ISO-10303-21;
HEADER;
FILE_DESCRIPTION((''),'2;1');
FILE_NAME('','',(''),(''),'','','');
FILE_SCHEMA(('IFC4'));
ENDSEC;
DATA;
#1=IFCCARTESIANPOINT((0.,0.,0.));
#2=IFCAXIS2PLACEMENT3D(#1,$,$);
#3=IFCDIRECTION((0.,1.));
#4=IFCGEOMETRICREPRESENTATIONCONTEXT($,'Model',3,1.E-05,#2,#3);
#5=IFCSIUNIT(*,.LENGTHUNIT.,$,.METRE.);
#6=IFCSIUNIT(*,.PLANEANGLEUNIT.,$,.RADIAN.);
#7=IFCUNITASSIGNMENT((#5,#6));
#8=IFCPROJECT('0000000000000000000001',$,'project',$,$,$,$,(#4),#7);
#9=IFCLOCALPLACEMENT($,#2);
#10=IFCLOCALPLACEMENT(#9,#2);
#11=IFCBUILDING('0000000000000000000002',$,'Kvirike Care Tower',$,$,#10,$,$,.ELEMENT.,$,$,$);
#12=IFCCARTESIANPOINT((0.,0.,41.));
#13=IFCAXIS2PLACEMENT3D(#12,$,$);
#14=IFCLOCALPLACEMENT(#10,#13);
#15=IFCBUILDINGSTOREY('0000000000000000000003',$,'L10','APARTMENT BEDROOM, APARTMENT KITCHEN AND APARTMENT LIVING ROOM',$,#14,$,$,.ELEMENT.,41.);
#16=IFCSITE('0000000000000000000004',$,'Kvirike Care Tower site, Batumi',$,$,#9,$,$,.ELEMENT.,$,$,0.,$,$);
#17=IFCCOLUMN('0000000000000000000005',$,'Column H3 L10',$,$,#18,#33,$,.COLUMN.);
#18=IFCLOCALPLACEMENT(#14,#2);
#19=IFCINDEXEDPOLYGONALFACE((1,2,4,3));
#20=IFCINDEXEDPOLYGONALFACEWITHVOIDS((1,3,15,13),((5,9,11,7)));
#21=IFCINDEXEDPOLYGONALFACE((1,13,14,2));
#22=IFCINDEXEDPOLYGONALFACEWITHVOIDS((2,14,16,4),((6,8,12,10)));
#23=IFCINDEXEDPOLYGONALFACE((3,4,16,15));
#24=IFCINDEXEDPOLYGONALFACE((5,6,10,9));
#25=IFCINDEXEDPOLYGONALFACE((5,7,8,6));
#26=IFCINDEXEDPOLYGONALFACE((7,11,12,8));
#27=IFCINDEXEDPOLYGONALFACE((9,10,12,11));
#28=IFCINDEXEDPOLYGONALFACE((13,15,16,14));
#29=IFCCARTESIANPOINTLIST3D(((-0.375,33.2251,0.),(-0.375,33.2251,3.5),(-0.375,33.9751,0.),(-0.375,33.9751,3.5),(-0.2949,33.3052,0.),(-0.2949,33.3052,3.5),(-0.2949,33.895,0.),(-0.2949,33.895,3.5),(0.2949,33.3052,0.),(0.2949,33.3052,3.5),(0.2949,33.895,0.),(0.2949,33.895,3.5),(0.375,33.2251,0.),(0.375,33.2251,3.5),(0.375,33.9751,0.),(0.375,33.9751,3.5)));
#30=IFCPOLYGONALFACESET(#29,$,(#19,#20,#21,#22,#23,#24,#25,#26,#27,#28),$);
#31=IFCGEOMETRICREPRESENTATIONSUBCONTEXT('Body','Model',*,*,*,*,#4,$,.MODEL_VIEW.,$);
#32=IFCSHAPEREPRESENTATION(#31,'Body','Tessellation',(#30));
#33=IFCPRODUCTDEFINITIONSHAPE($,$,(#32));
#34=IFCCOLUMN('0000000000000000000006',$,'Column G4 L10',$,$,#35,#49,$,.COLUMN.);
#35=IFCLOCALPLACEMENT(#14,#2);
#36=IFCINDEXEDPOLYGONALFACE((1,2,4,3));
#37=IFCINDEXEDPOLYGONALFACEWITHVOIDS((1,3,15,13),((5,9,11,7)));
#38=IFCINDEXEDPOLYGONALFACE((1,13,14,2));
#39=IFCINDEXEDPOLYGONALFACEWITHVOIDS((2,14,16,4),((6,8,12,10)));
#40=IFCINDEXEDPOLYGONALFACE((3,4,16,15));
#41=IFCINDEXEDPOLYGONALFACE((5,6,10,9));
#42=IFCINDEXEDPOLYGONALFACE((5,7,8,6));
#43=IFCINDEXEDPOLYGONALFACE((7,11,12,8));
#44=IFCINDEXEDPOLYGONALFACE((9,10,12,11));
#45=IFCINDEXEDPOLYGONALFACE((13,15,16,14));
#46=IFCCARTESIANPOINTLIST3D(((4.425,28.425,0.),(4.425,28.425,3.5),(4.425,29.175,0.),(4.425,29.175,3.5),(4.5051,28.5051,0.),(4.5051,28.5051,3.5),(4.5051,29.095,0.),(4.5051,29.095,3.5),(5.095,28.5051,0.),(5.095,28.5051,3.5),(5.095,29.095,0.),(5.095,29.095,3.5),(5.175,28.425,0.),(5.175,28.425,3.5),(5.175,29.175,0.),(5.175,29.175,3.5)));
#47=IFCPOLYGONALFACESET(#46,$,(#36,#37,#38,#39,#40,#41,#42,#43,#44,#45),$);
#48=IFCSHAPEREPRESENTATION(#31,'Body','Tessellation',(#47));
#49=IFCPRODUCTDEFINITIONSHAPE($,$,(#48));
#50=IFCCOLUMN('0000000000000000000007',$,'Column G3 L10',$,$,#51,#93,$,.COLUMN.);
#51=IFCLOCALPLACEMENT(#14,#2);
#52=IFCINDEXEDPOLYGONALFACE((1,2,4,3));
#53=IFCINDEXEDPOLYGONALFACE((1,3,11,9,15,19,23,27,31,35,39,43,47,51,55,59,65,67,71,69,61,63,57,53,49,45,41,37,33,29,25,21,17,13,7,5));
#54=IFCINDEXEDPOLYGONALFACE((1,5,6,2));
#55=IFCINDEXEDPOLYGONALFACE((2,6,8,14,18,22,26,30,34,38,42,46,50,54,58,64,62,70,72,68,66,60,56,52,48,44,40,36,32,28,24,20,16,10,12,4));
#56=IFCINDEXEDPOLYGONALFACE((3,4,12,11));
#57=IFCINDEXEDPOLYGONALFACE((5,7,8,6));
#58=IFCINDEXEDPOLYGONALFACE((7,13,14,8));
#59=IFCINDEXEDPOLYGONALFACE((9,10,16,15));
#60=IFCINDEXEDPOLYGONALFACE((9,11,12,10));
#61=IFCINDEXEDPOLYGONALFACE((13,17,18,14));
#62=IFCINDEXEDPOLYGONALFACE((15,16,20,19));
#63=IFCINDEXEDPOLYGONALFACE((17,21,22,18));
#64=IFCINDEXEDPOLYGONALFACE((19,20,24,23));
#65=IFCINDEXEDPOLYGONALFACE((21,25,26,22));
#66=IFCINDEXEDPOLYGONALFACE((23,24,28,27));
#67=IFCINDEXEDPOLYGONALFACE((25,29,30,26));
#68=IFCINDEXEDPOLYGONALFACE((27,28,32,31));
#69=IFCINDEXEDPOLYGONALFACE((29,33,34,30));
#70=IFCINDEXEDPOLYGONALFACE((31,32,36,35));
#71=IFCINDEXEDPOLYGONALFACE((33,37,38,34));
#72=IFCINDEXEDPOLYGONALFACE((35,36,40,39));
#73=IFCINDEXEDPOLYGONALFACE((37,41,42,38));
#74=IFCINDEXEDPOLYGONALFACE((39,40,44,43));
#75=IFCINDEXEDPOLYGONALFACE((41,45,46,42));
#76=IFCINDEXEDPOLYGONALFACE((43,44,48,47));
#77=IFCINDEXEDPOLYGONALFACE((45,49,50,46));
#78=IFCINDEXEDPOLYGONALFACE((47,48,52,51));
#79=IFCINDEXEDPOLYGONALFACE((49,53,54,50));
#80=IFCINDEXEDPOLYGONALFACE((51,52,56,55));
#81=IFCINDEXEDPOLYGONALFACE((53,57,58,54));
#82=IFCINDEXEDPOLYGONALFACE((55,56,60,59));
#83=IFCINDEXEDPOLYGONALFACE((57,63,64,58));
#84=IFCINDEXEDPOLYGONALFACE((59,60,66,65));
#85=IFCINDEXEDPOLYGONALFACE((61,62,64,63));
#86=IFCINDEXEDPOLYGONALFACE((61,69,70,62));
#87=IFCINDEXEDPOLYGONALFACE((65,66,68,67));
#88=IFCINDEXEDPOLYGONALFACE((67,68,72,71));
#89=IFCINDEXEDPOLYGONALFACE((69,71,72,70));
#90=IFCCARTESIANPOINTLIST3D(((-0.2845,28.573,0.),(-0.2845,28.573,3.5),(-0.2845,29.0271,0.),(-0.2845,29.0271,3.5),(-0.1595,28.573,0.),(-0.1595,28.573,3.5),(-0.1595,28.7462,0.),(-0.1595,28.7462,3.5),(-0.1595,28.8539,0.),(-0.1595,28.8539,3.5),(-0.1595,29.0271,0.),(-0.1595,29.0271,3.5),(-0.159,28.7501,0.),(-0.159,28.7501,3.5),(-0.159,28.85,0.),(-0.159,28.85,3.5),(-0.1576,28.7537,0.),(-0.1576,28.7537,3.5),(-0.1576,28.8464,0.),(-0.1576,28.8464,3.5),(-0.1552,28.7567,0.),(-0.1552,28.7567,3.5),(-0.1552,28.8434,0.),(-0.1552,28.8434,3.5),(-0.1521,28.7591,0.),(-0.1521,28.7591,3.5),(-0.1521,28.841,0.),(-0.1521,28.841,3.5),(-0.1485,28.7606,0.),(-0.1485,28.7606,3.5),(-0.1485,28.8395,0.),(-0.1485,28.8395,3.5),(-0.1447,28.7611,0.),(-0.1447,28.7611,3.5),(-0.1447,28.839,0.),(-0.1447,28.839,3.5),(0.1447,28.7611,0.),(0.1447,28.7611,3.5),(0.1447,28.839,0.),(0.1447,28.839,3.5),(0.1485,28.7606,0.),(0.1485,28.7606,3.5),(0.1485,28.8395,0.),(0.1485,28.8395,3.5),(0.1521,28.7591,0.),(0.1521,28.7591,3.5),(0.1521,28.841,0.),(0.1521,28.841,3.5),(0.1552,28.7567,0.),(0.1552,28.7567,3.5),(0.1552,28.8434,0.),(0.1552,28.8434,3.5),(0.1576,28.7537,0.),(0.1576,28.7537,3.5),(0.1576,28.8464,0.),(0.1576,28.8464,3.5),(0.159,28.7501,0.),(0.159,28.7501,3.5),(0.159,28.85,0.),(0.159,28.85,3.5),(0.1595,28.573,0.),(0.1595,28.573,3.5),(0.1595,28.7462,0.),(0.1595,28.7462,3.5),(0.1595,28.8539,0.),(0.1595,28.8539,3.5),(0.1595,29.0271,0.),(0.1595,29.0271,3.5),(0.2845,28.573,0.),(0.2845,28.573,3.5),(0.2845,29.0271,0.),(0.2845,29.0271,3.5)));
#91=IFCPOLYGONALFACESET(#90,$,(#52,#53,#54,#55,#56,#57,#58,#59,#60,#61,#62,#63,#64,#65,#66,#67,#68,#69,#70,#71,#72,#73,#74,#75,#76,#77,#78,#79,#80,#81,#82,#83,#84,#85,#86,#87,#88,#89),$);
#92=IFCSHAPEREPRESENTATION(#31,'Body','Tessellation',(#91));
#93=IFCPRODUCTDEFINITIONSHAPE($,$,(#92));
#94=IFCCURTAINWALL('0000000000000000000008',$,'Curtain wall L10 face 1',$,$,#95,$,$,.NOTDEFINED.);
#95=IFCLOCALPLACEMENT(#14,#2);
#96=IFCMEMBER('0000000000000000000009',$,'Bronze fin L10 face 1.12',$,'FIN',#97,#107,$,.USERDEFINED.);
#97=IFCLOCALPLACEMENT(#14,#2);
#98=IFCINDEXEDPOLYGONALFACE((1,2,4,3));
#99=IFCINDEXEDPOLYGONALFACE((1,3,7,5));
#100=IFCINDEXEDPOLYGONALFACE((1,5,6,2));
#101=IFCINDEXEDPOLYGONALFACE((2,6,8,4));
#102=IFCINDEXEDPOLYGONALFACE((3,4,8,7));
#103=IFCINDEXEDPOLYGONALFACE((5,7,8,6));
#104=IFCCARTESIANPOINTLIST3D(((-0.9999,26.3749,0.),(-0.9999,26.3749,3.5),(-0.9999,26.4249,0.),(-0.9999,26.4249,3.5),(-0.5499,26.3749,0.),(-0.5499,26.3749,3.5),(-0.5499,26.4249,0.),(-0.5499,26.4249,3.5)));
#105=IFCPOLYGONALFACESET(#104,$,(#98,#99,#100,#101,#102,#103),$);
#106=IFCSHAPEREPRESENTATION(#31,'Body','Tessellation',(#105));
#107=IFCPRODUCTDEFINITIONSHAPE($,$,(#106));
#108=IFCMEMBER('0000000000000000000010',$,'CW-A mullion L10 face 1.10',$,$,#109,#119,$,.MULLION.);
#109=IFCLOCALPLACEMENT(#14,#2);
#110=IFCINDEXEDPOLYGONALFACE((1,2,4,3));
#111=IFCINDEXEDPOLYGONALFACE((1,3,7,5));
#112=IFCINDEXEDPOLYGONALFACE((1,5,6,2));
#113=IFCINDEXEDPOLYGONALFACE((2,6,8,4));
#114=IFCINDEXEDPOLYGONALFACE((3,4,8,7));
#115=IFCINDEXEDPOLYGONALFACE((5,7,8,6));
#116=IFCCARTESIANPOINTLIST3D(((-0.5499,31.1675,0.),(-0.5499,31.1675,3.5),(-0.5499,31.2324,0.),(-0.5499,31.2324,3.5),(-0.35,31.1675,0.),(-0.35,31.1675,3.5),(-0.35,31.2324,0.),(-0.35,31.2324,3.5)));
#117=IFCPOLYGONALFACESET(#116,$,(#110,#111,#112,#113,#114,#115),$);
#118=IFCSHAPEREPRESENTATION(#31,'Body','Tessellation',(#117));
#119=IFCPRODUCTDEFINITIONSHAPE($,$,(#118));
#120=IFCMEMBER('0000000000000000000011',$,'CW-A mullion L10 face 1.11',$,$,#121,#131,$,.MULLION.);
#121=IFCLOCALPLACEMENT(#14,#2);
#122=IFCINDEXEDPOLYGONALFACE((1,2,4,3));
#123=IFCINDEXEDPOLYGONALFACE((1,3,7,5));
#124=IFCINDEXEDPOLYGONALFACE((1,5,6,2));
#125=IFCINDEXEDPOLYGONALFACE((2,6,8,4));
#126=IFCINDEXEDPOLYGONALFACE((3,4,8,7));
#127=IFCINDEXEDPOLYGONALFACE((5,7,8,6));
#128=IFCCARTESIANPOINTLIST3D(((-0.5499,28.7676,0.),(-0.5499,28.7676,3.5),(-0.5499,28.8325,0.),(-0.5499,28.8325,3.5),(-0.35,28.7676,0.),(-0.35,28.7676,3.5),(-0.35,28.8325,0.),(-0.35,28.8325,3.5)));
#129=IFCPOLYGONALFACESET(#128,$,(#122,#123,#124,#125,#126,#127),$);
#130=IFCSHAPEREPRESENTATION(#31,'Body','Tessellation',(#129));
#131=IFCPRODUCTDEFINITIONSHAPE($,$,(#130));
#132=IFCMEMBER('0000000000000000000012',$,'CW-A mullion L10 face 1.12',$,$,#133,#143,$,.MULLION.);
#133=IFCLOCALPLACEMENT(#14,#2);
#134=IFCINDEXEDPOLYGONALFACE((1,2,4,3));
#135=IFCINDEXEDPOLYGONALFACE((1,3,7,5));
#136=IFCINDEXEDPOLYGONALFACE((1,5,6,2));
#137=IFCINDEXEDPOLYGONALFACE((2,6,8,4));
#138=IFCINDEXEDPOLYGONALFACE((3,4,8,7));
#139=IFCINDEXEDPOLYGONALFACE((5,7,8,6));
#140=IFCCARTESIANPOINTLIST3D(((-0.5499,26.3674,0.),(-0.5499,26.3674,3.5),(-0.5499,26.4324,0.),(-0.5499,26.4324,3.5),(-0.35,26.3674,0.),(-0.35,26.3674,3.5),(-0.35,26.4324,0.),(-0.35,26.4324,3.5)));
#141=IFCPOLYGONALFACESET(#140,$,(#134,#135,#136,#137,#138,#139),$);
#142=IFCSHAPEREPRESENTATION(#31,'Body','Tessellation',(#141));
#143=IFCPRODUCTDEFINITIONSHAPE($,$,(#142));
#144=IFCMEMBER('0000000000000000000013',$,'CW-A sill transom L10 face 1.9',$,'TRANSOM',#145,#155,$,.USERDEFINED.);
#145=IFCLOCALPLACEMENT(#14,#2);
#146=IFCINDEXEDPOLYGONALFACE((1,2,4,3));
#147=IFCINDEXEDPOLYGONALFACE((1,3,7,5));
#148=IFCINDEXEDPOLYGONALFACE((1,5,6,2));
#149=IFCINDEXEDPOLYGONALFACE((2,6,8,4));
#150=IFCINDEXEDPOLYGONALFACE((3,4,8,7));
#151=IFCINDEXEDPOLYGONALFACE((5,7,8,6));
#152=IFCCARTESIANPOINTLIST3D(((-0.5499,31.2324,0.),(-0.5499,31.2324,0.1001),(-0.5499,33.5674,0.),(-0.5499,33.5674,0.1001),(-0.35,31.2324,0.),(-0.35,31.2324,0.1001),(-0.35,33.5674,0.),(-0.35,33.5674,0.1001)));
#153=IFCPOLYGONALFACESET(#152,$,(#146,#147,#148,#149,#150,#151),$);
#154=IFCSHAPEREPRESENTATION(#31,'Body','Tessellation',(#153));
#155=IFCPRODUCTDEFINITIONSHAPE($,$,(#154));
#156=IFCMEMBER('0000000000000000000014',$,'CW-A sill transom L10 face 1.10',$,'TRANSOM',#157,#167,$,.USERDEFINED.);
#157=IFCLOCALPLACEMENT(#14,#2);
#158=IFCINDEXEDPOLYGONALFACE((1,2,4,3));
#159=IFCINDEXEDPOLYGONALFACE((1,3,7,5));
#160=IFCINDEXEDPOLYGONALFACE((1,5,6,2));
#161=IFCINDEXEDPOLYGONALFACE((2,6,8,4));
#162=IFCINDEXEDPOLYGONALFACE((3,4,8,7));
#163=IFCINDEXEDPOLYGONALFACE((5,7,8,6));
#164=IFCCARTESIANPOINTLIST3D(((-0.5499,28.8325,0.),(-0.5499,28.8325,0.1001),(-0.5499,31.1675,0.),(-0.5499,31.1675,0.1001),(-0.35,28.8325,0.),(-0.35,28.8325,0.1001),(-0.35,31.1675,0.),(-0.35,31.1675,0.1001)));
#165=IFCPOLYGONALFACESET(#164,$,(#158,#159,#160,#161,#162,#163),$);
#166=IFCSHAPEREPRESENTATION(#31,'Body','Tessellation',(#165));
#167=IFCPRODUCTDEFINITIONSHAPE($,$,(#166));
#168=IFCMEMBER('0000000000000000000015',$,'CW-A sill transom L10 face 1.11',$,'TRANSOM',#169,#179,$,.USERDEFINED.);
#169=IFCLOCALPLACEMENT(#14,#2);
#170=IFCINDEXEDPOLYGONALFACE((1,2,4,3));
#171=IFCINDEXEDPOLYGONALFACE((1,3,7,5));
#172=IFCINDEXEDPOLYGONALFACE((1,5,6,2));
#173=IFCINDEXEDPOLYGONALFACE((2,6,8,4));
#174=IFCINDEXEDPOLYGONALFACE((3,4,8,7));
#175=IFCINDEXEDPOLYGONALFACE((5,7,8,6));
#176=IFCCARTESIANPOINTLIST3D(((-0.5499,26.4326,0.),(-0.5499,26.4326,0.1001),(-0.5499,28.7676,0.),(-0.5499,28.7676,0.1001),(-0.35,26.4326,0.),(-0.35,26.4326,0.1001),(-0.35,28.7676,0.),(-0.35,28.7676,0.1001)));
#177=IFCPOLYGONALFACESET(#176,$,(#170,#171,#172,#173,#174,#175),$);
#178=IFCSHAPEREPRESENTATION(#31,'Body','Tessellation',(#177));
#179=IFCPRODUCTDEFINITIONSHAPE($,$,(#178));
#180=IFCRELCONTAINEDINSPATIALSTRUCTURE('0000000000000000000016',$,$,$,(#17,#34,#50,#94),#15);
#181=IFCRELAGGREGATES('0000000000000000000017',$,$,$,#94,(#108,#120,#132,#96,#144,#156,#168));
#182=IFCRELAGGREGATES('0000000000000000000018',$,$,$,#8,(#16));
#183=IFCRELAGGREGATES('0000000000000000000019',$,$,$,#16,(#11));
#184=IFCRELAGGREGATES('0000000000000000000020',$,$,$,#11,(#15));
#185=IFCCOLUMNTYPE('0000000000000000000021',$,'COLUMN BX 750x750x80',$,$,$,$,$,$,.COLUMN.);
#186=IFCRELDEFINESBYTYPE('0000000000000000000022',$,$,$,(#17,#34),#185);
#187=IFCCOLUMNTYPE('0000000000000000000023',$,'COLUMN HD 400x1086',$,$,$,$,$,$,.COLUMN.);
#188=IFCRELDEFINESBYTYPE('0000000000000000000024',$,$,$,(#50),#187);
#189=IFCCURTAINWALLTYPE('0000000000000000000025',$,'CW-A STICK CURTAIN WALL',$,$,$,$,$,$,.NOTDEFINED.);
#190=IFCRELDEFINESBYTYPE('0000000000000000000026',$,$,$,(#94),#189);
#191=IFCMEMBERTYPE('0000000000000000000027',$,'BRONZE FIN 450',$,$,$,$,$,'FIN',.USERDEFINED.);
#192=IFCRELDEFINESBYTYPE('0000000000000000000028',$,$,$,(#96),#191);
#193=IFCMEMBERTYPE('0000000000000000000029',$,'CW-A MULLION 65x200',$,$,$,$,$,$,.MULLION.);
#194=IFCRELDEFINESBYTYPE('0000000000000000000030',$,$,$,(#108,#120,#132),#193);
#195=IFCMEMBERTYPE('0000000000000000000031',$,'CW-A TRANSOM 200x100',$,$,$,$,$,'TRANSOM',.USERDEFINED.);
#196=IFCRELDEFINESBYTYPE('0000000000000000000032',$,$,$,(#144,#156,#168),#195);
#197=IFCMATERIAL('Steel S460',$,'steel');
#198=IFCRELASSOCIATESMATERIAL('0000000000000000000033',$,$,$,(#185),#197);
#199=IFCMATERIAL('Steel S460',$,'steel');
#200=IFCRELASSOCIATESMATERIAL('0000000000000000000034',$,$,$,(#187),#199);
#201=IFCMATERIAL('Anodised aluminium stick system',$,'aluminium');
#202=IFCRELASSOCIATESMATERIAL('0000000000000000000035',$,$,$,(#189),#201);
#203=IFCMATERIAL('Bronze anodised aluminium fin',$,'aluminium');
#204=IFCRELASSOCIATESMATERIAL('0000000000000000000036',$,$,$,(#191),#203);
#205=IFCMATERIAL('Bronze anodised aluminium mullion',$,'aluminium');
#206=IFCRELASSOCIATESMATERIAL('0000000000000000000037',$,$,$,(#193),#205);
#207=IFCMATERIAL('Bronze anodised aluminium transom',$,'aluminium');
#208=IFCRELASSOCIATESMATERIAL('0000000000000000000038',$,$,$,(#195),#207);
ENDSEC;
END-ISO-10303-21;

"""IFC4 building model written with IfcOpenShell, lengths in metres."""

from ifc_helpers import new_model, si_unit, direction, frame, origin, origin_2d, place, context, subcontext, project, spatial, rectangle, hollow_rectangle, i_section, extrude, material, material_profile, profile_set, type_object, element, aggregate, save


model = new_model("IFC4")

# Units and contexts
model_context = context("Model", 3, precision=1e-05, world=origin(), true_north=direction((0.0, 1.0)))
body_context = subcontext(model_context, "Body", "Model", "MODEL_VIEW")
ifc_project = project(units=[si_unit("LENGTHUNIT", "METRE"), si_unit("PLANEANGLEUNIT", "RADIAN")], contexts=[model_context])

# Site, building, storey
site_placement = place(None, origin())
site = spatial("IfcSite", under=ifc_project, at=site_placement, Name="Kvirike Care Tower site, Batumi", CompositionType="ELEMENT", RefElevation=0.0)
building_placement = place(site_placement, origin())
building = spatial("IfcBuilding", under=site, at=building_placement, Name="Kvirike Care Tower", CompositionType="ELEMENT")
storey_placement = place(building_placement, frame((0.0, 0.0, 41.0)))
storey = spatial("IfcBuildingStorey", under=building, at=storey_placement, Name="L10", Description="APARTMENT BEDROOM, APARTMENT KITCHEN AND APARTMENT LIVING ROOM", CompositionType="ELEMENT", Elevation=41.0)

# Columns
ifc_material_1 = material(Name="Steel S460", Category="steel")
ifc_material_profile_1 = material_profile(ifc_material_1, hollow_rectangle(XDim=0.75, YDim=0.75, WallThickness=0.0801, at=origin_2d()), Name="BX 750x750x80")
ifc_profile_set_1 = profile_set([ifc_material_profile_1], Name="Steel S460")
column_type_1 = type_object("IfcColumnType", Name="COLUMN BX 750x750x80", PredefinedType="COLUMN", material=ifc_profile_set_1)
for number, where, z_axis, x_axis, name in (
    (1, (0.0, 33.6001, 0.0), (0.0, 0.0, 1.0), (1.0, 0.0, 0.0), "Column H3 L10"),
    (2, (4.8, 28.8, 0.0), (0.0, 0.0, 1.0), (0.0, 1.0, 0.0), "Column G4 L10"),
):
    element("IfcColumn", number, at=place(storey_placement, frame(where, z_axis=z_axis, x_axis=x_axis)), inside=storey, type_object=column_type_1, Name=name, PredefinedType="COLUMN", context=body_context, shape_type="SweptSolid", body=[
        extrude(hollow_rectangle(XDim=0.75, YDim=0.75, WallThickness=0.0801, at=origin_2d()), origin(), (0.0, 0.0, 1.0), 3.5),
    ])
ifc_material_2 = material(Name="Steel S460", Category="steel")
ifc_material_profile_2 = material_profile(ifc_material_2, i_section(OverallWidth=0.4541, OverallDepth=0.5691, WebThickness=0.0779, FlangeThickness=0.125, FilletRadius=0.0149, at=origin_2d()), Name="HD 400x1086")
ifc_profile_set_2 = profile_set([ifc_material_profile_2], Name="Steel S460")
column_type_2 = type_object("IfcColumnType", Name="COLUMN HD 400x1086", PredefinedType="COLUMN", material=ifc_profile_set_2)
column_placement = place(storey_placement, frame((0.0, 28.8, 0.0), z_axis=(0.0, 0.0, 1.0), x_axis=(0.0, 1.0, 0.0)))
element("IfcColumn", 3, at=column_placement, inside=storey, type_object=column_type_2, Name="Column G3 L10", PredefinedType="COLUMN", context=body_context, shape_type="SweptSolid", body=[
    extrude(i_section(OverallWidth=0.4541, OverallDepth=0.5691, WebThickness=0.0779, FlangeThickness=0.125, FilletRadius=0.0149, at=origin_2d()), origin(), (0.0, 0.0, 1.0), 3.5),
])

# Curtain wall, members
ifc_material_3 = material(Name="Anodised aluminium stick system", Category="aluminium")
curtain_wall_type = type_object("IfcCurtainWallType", Name="CW-A STICK CURTAIN WALL", PredefinedType="NOTDEFINED", material=ifc_material_3)
curtain_wall_placement = place(storey_placement, origin())
curtain_wall = element("IfcCurtainWall", 4, at=curtain_wall_placement, inside=storey, type_object=curtain_wall_type, Name="Curtain wall L10 face 1", PredefinedType="NOTDEFINED")
ifc_material_4 = material(Name="Bronze anodised aluminium fin", Category="aluminium")
ifc_material_profile_3 = material_profile(ifc_material_4, rectangle(XDim=0.05, YDim=0.45, at=origin_2d()), Name="BRONZE FIN 450")
ifc_profile_set_3 = profile_set([ifc_material_profile_3], Name="Bronze anodised aluminium fin")
member_type_1 = type_object("IfcMemberType", Name="BRONZE FIN 450", ElementType="FIN", PredefinedType="USERDEFINED", material=ifc_profile_set_3)
member_1_placement = place(storey_placement, frame((-0.7749, 26.3999, 0.0), z_axis=(0.0, 0.0, 1.0), x_axis=(0.0, -1.0, 0.0)))
member_1 = element("IfcMember", 5, at=member_1_placement, type_object=member_type_1, Name="Bronze fin L10 face 1.12", ObjectType="FIN", PredefinedType="USERDEFINED", context=body_context, shape_type="SweptSolid", body=[
    extrude(rectangle(XDim=0.05, YDim=0.45, at=origin_2d()), origin(), (0.0, 0.0, 1.0), 3.5),
])
ifc_material_5 = material(Name="Bronze anodised aluminium mullion", Category="aluminium")
ifc_material_profile_4 = material_profile(ifc_material_5, rectangle(XDim=0.0649, YDim=0.2, at=origin_2d()), Name="CW-A MULLION 65x200")
ifc_profile_set_4 = profile_set([ifc_material_profile_4], Name="Bronze anodised aluminium mullion")
member_type_2 = type_object("IfcMemberType", Name="CW-A MULLION 65x200", PredefinedType="MULLION", material=ifc_profile_set_4)
member_2_placement = place(storey_placement, frame((-0.45, 31.2, 0.0), z_axis=(0.0, 0.0, 1.0), x_axis=(0.0, -1.0, 0.0)))
member_2 = element("IfcMember", 6, at=member_2_placement, type_object=member_type_2, Name="CW-A mullion L10 face 1.10", PredefinedType="MULLION", context=body_context, shape_type="SweptSolid", body=[
    extrude(rectangle(XDim=0.0649, YDim=0.2, at=origin_2d()), origin(), (0.0, 0.0, 1.0), 3.5),
])
member_3_placement = place(storey_placement, frame((-0.45, 28.8, 0.0), z_axis=(0.0, 0.0, 1.0), x_axis=(0.0, -1.0, 0.0)))
member_3 = element("IfcMember", 7, at=member_3_placement, type_object=member_type_2, Name="CW-A mullion L10 face 1.11", PredefinedType="MULLION", context=body_context, shape_type="SweptSolid", body=[
    extrude(rectangle(XDim=0.0649, YDim=0.2, at=origin_2d()), origin(), (0.0, 0.0, 1.0), 3.5),
])
member_4_placement = place(storey_placement, frame((-0.45, 26.3999, 0.0), z_axis=(0.0, 0.0, 1.0), x_axis=(0.0, -1.0, 0.0)))
member_4 = element("IfcMember", 8, at=member_4_placement, type_object=member_type_2, Name="CW-A mullion L10 face 1.12", PredefinedType="MULLION", context=body_context, shape_type="SweptSolid", body=[
    extrude(rectangle(XDim=0.0649, YDim=0.2, at=origin_2d()), origin(), (0.0, 0.0, 1.0), 3.5),
])
ifc_material_6 = material(Name="Bronze anodised aluminium transom", Category="aluminium")
ifc_material_profile_5 = material_profile(ifc_material_6, rectangle(XDim=0.2, YDim=0.1001, at=origin_2d()), Name="CW-A TRANSOM 200x100")
ifc_profile_set_5 = profile_set([ifc_material_profile_5], Name="Bronze anodised aluminium transom")
member_type_3 = type_object("IfcMemberType", Name="CW-A TRANSOM 200x100", ElementType="TRANSOM", PredefinedType="USERDEFINED", material=ifc_profile_set_5)
member_5_placement = place(storey_placement, frame((-0.45, 33.5674, 0.05), z_axis=(0.0, -1.0, 0.0), x_axis=(1.0, 0.0, 0.0)))
member_5 = element("IfcMember", 9, at=member_5_placement, type_object=member_type_3, Name="CW-A sill transom L10 face 1.9", ObjectType="TRANSOM", PredefinedType="USERDEFINED", context=body_context, shape_type="SweptSolid", body=[
    extrude(rectangle(XDim=0.2, YDim=0.1001, at=origin_2d()), origin(), (0.0, 0.0, 1.0), 2.335),
])
member_6_placement = place(storey_placement, frame((-0.45, 31.1675, 0.05), z_axis=(0.0, -1.0, 0.0), x_axis=(1.0, 0.0, 0.0)))
member_6 = element("IfcMember", 10, at=member_6_placement, type_object=member_type_3, Name="CW-A sill transom L10 face 1.10", ObjectType="TRANSOM", PredefinedType="USERDEFINED", context=body_context, shape_type="SweptSolid", body=[
    extrude(rectangle(XDim=0.2, YDim=0.1001, at=origin_2d()), origin(), (0.0, 0.0, 1.0), 2.335),
])
member_7_placement = place(storey_placement, frame((-0.45, 28.7676, 0.05), z_axis=(0.0, -1.0, 0.0), x_axis=(1.0, 0.0, 0.0)))
member_7 = element("IfcMember", 11, at=member_7_placement, type_object=member_type_3, Name="CW-A sill transom L10 face 1.11", ObjectType="TRANSOM", PredefinedType="USERDEFINED", context=body_context, shape_type="SweptSolid", body=[
    extrude(rectangle(XDim=0.2, YDim=0.1001, at=origin_2d()), origin(), (0.0, 0.0, 1.0), 2.335),
])

aggregate(curtain_wall, [member_2, member_3, member_4, member_1, member_5, member_6, member_7])

save(model, "model.ifc")
